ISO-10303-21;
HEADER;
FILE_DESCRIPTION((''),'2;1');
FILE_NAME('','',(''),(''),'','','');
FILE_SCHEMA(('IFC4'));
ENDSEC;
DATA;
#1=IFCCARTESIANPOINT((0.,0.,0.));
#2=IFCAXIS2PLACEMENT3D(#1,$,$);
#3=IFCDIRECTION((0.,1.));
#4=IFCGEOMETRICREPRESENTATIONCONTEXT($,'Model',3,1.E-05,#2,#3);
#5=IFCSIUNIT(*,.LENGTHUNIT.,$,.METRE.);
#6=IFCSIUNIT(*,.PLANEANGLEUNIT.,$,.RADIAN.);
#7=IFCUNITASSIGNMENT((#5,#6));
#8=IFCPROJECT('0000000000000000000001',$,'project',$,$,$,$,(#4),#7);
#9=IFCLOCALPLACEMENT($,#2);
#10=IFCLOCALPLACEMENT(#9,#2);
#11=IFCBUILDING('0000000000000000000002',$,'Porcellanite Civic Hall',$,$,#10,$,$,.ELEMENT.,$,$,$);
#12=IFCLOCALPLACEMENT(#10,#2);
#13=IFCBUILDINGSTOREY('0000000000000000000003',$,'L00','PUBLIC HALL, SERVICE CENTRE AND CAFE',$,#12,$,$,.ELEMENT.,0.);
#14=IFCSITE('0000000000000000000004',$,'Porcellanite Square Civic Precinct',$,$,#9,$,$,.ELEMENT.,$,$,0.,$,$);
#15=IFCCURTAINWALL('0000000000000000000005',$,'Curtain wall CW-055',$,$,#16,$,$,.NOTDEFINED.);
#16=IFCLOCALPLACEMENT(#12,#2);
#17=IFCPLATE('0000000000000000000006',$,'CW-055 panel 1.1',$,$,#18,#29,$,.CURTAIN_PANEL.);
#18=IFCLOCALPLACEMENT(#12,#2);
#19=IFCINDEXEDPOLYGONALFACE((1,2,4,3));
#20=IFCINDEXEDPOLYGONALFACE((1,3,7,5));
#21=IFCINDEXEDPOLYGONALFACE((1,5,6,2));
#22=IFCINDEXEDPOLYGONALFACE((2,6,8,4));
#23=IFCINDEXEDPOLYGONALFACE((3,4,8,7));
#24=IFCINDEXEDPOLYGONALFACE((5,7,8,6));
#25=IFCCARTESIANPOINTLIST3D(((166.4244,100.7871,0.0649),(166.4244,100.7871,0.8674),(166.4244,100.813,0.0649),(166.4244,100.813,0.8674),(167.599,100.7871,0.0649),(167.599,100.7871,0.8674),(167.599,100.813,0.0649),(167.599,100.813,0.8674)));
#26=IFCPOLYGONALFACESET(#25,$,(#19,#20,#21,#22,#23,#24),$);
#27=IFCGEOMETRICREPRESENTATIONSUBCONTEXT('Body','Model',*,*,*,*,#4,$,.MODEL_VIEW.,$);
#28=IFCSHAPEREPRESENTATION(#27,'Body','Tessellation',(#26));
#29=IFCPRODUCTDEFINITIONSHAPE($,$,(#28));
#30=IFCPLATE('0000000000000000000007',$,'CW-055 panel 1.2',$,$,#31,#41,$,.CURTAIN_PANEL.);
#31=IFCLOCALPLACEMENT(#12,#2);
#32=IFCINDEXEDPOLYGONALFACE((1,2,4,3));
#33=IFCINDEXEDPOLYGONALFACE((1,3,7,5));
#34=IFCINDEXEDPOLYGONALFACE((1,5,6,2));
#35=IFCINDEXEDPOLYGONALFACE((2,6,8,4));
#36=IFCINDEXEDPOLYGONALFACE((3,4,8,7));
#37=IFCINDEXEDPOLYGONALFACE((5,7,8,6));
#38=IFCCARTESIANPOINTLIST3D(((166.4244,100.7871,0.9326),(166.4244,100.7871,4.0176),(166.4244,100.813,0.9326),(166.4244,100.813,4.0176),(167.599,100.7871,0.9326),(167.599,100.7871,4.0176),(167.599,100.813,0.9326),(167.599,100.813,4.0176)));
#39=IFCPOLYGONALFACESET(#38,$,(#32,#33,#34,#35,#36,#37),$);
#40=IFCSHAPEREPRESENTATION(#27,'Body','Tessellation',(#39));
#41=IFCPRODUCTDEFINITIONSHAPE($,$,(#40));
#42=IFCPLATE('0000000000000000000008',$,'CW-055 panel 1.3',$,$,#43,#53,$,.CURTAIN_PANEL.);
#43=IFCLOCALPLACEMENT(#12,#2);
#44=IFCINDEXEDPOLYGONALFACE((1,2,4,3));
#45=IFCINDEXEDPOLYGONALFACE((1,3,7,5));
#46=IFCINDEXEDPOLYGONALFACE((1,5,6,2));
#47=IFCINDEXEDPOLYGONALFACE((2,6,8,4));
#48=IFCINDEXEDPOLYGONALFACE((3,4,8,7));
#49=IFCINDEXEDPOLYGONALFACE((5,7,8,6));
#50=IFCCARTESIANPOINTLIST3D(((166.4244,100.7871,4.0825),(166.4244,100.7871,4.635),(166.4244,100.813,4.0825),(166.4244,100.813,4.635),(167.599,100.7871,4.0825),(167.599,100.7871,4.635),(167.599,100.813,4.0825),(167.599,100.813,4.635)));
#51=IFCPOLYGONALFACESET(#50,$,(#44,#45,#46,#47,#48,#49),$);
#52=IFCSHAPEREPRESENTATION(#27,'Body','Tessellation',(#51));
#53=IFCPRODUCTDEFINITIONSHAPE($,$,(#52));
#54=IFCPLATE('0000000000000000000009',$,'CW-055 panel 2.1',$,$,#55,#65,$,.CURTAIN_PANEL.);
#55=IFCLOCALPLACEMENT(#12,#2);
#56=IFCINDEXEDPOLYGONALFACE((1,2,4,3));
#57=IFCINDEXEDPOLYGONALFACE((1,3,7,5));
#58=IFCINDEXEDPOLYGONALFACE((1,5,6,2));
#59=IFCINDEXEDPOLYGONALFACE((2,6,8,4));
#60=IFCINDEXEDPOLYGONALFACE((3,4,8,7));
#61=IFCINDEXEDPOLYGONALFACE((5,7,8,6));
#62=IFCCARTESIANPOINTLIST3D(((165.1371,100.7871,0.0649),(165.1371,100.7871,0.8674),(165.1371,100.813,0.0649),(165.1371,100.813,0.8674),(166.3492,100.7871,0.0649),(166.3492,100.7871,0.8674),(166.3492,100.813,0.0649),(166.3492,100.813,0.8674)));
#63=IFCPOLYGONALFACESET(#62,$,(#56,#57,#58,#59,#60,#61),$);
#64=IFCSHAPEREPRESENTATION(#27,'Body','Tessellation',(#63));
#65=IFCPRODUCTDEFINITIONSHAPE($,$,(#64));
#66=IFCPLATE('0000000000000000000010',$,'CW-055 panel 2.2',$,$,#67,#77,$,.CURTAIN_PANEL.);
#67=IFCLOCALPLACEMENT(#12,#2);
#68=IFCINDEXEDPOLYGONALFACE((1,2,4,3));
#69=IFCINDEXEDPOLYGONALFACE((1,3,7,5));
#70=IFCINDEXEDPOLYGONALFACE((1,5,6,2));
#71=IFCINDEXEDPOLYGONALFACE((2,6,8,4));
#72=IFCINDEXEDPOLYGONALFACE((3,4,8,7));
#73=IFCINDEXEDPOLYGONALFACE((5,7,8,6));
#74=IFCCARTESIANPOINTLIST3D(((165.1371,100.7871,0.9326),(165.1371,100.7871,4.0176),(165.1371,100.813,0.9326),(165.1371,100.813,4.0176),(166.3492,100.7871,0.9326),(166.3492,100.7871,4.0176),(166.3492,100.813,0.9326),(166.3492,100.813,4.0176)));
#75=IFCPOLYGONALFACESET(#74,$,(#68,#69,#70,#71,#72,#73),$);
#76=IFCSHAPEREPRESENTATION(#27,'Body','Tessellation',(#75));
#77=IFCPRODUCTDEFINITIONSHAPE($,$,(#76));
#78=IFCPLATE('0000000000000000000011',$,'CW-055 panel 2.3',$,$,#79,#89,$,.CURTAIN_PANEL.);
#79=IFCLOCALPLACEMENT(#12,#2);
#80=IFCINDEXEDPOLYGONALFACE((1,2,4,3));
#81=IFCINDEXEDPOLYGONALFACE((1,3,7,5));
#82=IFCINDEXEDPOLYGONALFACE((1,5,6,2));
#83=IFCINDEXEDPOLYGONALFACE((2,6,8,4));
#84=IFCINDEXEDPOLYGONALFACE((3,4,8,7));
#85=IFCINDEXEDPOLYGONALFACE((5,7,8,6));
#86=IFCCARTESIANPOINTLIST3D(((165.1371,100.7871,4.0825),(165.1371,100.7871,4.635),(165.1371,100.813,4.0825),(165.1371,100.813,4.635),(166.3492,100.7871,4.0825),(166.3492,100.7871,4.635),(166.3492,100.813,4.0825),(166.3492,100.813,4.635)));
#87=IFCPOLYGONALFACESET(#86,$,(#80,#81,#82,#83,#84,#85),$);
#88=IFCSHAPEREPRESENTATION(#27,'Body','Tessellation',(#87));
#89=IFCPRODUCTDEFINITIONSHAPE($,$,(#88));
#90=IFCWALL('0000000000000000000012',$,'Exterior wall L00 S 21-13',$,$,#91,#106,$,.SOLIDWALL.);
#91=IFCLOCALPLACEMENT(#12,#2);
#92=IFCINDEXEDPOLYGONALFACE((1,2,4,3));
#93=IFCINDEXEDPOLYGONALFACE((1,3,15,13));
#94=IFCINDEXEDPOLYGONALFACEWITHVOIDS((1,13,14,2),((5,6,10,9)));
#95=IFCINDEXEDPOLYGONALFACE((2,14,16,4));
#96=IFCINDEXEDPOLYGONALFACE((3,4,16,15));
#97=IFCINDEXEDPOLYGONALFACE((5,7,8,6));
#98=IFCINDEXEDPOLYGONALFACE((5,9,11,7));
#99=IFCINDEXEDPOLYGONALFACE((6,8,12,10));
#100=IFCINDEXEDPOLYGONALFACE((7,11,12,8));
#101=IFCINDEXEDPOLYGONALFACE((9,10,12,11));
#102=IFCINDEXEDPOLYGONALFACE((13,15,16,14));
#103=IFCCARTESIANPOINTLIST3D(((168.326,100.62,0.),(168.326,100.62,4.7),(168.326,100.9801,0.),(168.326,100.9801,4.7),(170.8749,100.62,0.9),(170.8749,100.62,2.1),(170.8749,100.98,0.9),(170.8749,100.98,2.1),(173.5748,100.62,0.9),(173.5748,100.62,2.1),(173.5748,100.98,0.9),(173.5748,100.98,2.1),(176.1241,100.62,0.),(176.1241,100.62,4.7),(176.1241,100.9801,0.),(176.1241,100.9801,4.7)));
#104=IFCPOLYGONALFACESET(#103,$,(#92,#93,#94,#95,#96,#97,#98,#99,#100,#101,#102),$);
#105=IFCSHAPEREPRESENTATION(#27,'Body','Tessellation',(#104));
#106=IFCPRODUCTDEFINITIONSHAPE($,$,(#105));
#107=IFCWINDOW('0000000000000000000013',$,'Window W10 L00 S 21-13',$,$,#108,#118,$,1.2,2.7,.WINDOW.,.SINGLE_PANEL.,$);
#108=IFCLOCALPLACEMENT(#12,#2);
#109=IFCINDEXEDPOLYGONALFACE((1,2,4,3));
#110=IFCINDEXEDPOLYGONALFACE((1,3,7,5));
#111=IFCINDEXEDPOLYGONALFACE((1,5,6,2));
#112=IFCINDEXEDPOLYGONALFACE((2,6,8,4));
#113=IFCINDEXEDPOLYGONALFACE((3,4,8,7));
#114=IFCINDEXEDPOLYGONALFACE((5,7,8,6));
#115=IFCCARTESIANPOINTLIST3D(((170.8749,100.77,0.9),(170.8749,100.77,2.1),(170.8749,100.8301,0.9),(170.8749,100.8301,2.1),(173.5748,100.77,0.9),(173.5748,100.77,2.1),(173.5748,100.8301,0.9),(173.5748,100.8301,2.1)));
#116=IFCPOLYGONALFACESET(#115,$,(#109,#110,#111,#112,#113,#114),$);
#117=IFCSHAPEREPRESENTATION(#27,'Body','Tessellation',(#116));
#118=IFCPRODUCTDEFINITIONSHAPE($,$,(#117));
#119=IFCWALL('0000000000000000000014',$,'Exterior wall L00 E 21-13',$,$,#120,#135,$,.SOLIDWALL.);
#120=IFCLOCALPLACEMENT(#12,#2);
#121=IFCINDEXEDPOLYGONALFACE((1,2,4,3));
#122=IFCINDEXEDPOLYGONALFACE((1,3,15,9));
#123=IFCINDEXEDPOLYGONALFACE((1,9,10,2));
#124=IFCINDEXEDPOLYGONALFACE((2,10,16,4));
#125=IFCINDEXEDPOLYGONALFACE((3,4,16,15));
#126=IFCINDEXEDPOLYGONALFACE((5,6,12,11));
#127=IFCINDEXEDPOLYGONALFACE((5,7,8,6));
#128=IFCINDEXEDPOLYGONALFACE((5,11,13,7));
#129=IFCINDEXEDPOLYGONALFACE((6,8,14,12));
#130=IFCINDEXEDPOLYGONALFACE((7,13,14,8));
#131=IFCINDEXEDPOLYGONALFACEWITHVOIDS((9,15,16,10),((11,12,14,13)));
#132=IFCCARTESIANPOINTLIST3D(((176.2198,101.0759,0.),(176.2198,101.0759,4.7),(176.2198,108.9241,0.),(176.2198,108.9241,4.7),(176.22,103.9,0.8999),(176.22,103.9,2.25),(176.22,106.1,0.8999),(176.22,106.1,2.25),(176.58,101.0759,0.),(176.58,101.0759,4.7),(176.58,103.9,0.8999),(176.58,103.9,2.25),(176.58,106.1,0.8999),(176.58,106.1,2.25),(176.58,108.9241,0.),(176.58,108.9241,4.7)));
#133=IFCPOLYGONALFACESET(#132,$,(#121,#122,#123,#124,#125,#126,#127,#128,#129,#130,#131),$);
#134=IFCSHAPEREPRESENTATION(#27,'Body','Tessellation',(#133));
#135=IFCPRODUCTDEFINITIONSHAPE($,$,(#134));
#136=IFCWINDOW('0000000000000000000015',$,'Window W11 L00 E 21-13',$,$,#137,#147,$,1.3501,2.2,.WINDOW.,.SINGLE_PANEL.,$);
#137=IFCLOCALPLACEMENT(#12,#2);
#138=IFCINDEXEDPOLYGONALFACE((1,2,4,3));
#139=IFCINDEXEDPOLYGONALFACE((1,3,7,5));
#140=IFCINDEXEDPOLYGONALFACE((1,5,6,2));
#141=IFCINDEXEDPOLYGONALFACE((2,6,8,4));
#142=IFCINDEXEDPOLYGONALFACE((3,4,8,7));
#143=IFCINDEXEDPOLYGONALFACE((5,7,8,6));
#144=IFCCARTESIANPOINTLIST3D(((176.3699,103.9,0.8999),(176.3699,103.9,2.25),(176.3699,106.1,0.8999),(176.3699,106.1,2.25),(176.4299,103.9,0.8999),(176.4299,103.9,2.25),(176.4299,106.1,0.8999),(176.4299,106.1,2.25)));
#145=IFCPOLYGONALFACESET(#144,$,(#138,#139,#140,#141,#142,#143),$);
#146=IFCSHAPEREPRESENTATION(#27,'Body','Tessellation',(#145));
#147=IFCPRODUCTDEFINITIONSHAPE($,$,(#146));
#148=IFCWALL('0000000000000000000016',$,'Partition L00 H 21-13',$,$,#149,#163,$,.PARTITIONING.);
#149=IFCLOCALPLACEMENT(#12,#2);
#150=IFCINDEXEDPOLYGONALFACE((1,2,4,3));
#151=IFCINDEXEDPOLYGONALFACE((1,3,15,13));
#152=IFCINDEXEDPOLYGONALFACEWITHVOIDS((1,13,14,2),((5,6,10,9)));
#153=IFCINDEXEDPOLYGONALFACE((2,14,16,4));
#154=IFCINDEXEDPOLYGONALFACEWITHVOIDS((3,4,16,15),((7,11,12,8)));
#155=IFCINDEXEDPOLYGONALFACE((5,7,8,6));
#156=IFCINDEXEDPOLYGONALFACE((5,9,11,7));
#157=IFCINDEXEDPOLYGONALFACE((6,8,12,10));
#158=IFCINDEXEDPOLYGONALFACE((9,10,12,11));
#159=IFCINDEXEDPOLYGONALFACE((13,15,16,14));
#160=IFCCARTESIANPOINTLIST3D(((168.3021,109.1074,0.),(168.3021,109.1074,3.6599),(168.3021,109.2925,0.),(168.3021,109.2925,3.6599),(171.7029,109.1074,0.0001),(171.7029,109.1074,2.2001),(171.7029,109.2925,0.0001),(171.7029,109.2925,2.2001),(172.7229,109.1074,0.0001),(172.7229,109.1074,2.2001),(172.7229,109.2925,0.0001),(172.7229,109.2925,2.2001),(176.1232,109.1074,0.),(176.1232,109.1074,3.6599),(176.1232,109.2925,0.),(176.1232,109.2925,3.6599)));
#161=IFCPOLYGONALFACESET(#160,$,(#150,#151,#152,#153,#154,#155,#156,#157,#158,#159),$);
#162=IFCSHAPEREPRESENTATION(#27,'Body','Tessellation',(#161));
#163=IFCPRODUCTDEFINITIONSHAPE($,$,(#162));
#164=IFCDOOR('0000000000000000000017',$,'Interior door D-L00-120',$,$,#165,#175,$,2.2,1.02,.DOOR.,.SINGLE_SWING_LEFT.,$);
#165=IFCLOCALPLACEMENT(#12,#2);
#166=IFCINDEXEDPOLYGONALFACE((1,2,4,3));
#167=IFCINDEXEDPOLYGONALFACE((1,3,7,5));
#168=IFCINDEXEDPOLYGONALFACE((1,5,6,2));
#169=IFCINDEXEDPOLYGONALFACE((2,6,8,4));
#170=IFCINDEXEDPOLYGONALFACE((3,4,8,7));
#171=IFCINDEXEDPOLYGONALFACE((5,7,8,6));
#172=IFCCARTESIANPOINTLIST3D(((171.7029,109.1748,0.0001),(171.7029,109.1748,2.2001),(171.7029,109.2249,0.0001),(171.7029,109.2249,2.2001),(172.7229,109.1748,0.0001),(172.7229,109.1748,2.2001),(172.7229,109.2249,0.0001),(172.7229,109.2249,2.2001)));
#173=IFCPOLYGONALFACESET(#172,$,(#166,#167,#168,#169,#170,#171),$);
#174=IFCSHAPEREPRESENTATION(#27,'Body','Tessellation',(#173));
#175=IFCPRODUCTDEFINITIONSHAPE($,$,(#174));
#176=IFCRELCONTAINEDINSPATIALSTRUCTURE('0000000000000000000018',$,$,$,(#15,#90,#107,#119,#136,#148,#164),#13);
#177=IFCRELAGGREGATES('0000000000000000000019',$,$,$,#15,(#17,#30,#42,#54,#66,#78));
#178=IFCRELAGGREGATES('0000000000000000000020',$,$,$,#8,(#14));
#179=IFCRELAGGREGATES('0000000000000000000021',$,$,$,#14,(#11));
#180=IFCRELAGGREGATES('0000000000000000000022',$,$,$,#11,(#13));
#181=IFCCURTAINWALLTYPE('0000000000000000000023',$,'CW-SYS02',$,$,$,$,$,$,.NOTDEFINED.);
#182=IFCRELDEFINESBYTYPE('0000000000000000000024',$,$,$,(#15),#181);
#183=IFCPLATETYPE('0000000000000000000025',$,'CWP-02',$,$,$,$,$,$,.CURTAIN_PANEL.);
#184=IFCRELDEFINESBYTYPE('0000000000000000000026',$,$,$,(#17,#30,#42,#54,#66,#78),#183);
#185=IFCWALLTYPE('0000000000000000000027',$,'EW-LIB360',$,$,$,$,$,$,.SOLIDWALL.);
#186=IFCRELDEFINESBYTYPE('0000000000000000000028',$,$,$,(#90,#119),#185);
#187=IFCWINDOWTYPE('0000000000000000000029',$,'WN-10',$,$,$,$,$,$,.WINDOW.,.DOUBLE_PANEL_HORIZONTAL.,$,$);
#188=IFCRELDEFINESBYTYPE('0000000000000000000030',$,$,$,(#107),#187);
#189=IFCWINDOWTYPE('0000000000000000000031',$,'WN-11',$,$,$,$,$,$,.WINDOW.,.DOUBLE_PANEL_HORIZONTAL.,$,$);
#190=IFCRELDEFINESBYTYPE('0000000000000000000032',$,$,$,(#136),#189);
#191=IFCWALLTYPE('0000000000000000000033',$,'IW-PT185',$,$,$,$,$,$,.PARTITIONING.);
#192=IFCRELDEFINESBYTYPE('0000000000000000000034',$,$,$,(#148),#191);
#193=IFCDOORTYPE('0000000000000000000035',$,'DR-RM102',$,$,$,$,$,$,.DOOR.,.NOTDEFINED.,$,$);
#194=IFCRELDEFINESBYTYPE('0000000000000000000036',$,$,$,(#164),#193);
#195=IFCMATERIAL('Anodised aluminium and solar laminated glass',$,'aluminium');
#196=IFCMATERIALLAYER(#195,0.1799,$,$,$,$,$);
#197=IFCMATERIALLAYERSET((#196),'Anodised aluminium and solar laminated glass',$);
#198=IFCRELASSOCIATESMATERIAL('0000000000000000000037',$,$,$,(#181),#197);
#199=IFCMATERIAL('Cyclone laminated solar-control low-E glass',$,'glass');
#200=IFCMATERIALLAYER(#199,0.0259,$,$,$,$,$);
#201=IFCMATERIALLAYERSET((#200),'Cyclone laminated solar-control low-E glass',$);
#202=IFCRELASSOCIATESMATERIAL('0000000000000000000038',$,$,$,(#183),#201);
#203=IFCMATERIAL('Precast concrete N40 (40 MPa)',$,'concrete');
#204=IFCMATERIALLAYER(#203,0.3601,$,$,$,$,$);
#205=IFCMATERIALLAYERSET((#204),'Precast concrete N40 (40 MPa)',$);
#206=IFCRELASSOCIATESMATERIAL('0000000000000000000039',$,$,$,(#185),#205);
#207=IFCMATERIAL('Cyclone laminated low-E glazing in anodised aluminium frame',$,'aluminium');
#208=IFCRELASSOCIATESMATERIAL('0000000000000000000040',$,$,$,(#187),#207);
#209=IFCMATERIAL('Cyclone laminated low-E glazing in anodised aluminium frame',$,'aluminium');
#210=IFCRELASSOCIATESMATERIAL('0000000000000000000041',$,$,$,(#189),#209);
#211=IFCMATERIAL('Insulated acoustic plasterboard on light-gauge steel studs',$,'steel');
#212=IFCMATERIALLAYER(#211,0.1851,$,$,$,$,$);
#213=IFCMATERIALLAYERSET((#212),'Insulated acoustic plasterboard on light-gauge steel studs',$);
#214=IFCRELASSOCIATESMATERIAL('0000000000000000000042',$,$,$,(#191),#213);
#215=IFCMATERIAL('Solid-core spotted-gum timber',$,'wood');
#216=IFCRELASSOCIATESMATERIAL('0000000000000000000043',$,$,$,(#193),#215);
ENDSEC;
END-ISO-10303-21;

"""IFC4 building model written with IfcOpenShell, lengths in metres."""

from ifc_helpers import new_model, si_unit, direction, frame, frame_2d, origin, origin_2d, place, context, subcontext, project, spatial, rectangle, extrude, material, layer, layer_set, type_object, element, fill, aggregate, save


model = new_model("IFC4")

# Units and contexts
model_context = context("Model", 3, precision=1e-05, world=origin(), true_north=direction((0.0, 1.0)))
body_context = subcontext(model_context, "Body", "Model", "MODEL_VIEW")
ifc_project = project(units=[si_unit("LENGTHUNIT", "METRE"), si_unit("PLANEANGLEUNIT", "RADIAN")], contexts=[model_context])

# Site, building, storey
site_placement = place(None, origin())
site = spatial("IfcSite", under=ifc_project, at=site_placement, Name="Porcellanite Square Civic Precinct", CompositionType="ELEMENT", RefElevation=0.0)
building_placement = place(site_placement, origin())
building = spatial("IfcBuilding", under=site, at=building_placement, Name="Porcellanite Civic Hall", CompositionType="ELEMENT")
storey_placement = place(building_placement, origin())
storey = spatial("IfcBuildingStorey", under=building, at=storey_placement, Name="L00", Description="PUBLIC HALL, SERVICE CENTRE AND CAFE", CompositionType="ELEMENT", Elevation=0.0)

# Curtain wall
ifc_material_1 = material(Name="Anodised aluminium and solar laminated glass", Category="aluminium")
ifc_layer_1 = layer(ifc_material_1, 0.1799)
ifc_layer_set_1 = layer_set([ifc_layer_1], Name="Anodised aluminium and solar laminated glass")
curtain_wall_type = type_object("IfcCurtainWallType", Name="CW-SYS02", PredefinedType="NOTDEFINED", material=ifc_layer_set_1)
curtain_wall_placement = place(storey_placement, origin())
curtain_wall = element("IfcCurtainWall", 1, at=curtain_wall_placement, inside=storey, type_object=curtain_wall_type, Name="Curtain wall CW-055", PredefinedType="NOTDEFINED")

# Plates
ifc_material_2 = material(Name="Cyclone laminated solar-control low-E glass", Category="glass")
ifc_layer_2 = layer(ifc_material_2, 0.0259)
ifc_layer_set_2 = layer_set([ifc_layer_2], Name="Cyclone laminated solar-control low-E glass")
plate_type = type_object("IfcPlateType", Name="CWP-02", PredefinedType="CURTAIN_PANEL", material=ifc_layer_set_2)
plate_1_placement = place(storey_placement, frame((167.0117, 100.8, 0.0649), z_axis=(0.0, 0.0, 1.0), x_axis=(-1.0, 0.0, 0.0)))
plate_1 = element("IfcPlate", 2, at=plate_1_placement, type_object=plate_type, Name="CW-055 panel 1.1", PredefinedType="CURTAIN_PANEL", context=body_context, shape_type="SweptSolid", body=[
    extrude(rectangle(XDim=1.1746, YDim=0.0259, at=origin_2d()), origin(), (0.0, 0.0, 1.0), 0.8025),
])
plate_2_placement = place(storey_placement, frame((167.0117, 100.8, 0.9326), z_axis=(0.0, 0.0, 1.0), x_axis=(-1.0, 0.0, 0.0)))
plate_2 = element("IfcPlate", 3, at=plate_2_placement, type_object=plate_type, Name="CW-055 panel 1.2", PredefinedType="CURTAIN_PANEL", context=body_context, shape_type="SweptSolid", body=[
    extrude(rectangle(XDim=1.1746, YDim=0.0259, at=origin_2d()), origin(), (0.0, 0.0, 1.0), 3.085),
])
plate_3_placement = place(storey_placement, frame((167.0117, 100.8, 4.0825), z_axis=(0.0, 0.0, 1.0), x_axis=(-1.0, 0.0, 0.0)))
plate_3 = element("IfcPlate", 4, at=plate_3_placement, type_object=plate_type, Name="CW-055 panel 1.3", PredefinedType="CURTAIN_PANEL", context=body_context, shape_type="SweptSolid", body=[
    extrude(rectangle(XDim=1.1746, YDim=0.0259, at=origin_2d()), origin(), (0.0, 0.0, 1.0), 0.5525),
])
plate_4_placement = place(storey_placement, frame((165.7432, 100.8, 0.0649), z_axis=(0.0, 0.0, 1.0), x_axis=(-1.0, 0.0, 0.0)))
plate_4 = element("IfcPlate", 5, at=plate_4_placement, type_object=plate_type, Name="CW-055 panel 2.1", PredefinedType="CURTAIN_PANEL", context=body_context, shape_type="SweptSolid", body=[
    extrude(rectangle(XDim=1.2122, YDim=0.0259, at=origin_2d()), origin(), (0.0, 0.0, 1.0), 0.8025),
])
plate_5_placement = place(storey_placement, frame((165.7432, 100.8, 0.9326), z_axis=(0.0, 0.0, 1.0), x_axis=(-1.0, 0.0, 0.0)))
plate_5 = element("IfcPlate", 6, at=plate_5_placement, type_object=plate_type, Name="CW-055 panel 2.2", PredefinedType="CURTAIN_PANEL", context=body_context, shape_type="SweptSolid", body=[
    extrude(rectangle(XDim=1.2122, YDim=0.0259, at=origin_2d()), origin(), (0.0, 0.0, 1.0), 3.085),
])
plate_6_placement = place(storey_placement, frame((165.7432, 100.8, 4.0825), z_axis=(0.0, 0.0, 1.0), x_axis=(-1.0, 0.0, 0.0)))
plate_6 = element("IfcPlate", 7, at=plate_6_placement, type_object=plate_type, Name="CW-055 panel 2.3", PredefinedType="CURTAIN_PANEL", context=body_context, shape_type="SweptSolid", body=[
    extrude(rectangle(XDim=1.2122, YDim=0.0259, at=origin_2d()), origin(), (0.0, 0.0, 1.0), 0.5525),
])
aggregate(curtain_wall, [plate_1, plate_2, plate_3, plate_4, plate_5, plate_6])

# Walls, openings, windows
ifc_material_3 = material(Name="Precast concrete N40 (40 MPa)", Category="concrete")
ifc_layer_3 = layer(ifc_material_3, 0.3601)
ifc_layer_set_3 = layer_set([ifc_layer_3], Name="Precast concrete N40 (40 MPa)")
wall_type_1 = type_object("IfcWallType", Name="EW-LIB360", PredefinedType="SOLIDWALL", material=ifc_layer_set_3)
wall_1_placement = place(storey_placement, frame((176.124, 100.8, 0.0), z_axis=(0.0, 0.0, 1.0), x_axis=(-1.0, 0.0, 0.0)))
wall_1 = element("IfcWall", 8, at=wall_1_placement, inside=storey, type_object=wall_type_1, Name="Exterior wall L00 S 21-13", PredefinedType="SOLIDWALL", context=body_context, shape_type="SweptSolid", body=[
    extrude(rectangle(XDim=7.7981, YDim=0.3601, at=frame_2d((3.8989, 0.0))), origin(), (0.0, 0.0, 1.0), 4.7),
])
opening_1_placement = place(wall_1_placement, frame((2.5491, 0.0, 0.8999)))
opening_1 = element("IfcOpeningElement", 9, at=opening_1_placement, cuts=wall_1, PredefinedType="OPENING", context=body_context, shape_type="SweptSolid", body=[
    extrude(rectangle(XDim=2.7, YDim=1.2, at=frame_2d((1.3501, 0.6001))), frame((0.0, 0.1802, 0.0), z_axis=(0.0, -1.0, 0.0), x_axis=(1.0, 0.0, 0.0)), (0.0, 0.0, 1.0), 0.3601),
])
ifc_material_4 = material(Name="Cyclone laminated low-E glazing in anodised aluminium frame", Category="aluminium")
window_type_1 = type_object("IfcWindowType", Name="WN-10", PartitioningType="DOUBLE_PANEL_HORIZONTAL", PredefinedType="WINDOW", material=ifc_material_4)
window_1_placement = place(opening_1_placement, origin())
window_1 = element("IfcWindow", 10, at=window_1_placement, inside=storey, type_object=window_type_1, Name="Window W10 L00 S 21-13", OverallHeight=1.2, OverallWidth=2.7, PartitioningType="SINGLE_PANEL", PredefinedType="WINDOW", context=body_context, shape_type="SweptSolid", body=[
    extrude(rectangle(XDim=2.7, YDim=1.2, at=frame_2d((1.3501, 0.6001))), frame((0.0, 0.03, 0.0), z_axis=(0.0, -1.0, 0.0), x_axis=(1.0, 0.0, 0.0)), (0.0, 0.0, 1.0), 0.0601),
])
fill(opening_1, window_1)
wall_2_placement = place(storey_placement, frame((176.3999, 108.9241, 0.0), z_axis=(0.0, 0.0, 1.0), x_axis=(0.0, -1.0, 0.0)))
wall_2 = element("IfcWall", 11, at=wall_2_placement, inside=storey, type_object=wall_type_1, Name="Exterior wall L00 E 21-13", PredefinedType="SOLIDWALL", context=body_context, shape_type="SweptSolid", body=[
    extrude(rectangle(XDim=7.8481, YDim=0.3601, at=frame_2d((3.9241, 0.0))), origin(), (0.0, 0.0, 1.0), 4.7),
])
opening_2_placement = place(wall_2_placement, frame((2.824, 0.0, 0.8999)))
opening_2 = element("IfcOpeningElement", 12, at=opening_2_placement, cuts=wall_2, PredefinedType="OPENING", context=body_context, shape_type="SweptSolid", body=[
    extrude(rectangle(XDim=2.2, YDim=1.3501, at=frame_2d((1.1001, 0.675))), frame((0.0, 0.1802, 0.0), z_axis=(0.0, -1.0, 0.0), x_axis=(1.0, 0.0, 0.0)), (0.0, 0.0, 1.0), 0.3601),
])
ifc_material_5 = material(Name="Cyclone laminated low-E glazing in anodised aluminium frame", Category="aluminium")
window_type_2 = type_object("IfcWindowType", Name="WN-11", PartitioningType="DOUBLE_PANEL_HORIZONTAL", PredefinedType="WINDOW", material=ifc_material_5)
window_2_placement = place(opening_2_placement, origin())
window_2 = element("IfcWindow", 13, at=window_2_placement, inside=storey, type_object=window_type_2, Name="Window W11 L00 E 21-13", OverallHeight=1.3501, OverallWidth=2.2, PartitioningType="SINGLE_PANEL", PredefinedType="WINDOW", context=body_context, shape_type="SweptSolid", body=[
    extrude(rectangle(XDim=2.2, YDim=1.3501, at=frame_2d((1.1001, 0.675))), frame((0.0, 0.03, 0.0), z_axis=(0.0, -1.0, 0.0), x_axis=(1.0, 0.0, 0.0)), (0.0, 0.0, 1.0), 0.0601),
])
fill(opening_2, window_2)

# Wall, opening, door
ifc_material_6 = material(Name="Insulated acoustic plasterboard on light-gauge steel studs", Category="steel")
ifc_layer_4 = layer(ifc_material_6, 0.1851)
ifc_layer_set_4 = layer_set([ifc_layer_4], Name="Insulated acoustic plasterboard on light-gauge steel studs")
wall_type_2 = type_object("IfcWallType", Name="IW-PT185", PredefinedType="PARTITIONING", material=ifc_layer_set_4)
wall_3_placement = place(storey_placement, frame((168.302, 109.2, 0.0), z_axis=(0.0, 0.0, 1.0), x_axis=(1.0, 0.0, 0.0)))
wall_3 = element("IfcWall", 14, at=wall_3_placement, inside=storey, type_object=wall_type_2, Name="Partition L00 H 21-13", PredefinedType="PARTITIONING", context=body_context, shape_type="SweptSolid", body=[
    extrude(rectangle(XDim=7.821, YDim=0.1851, at=frame_2d((3.9106, 0.0))), origin(), (0.0, 0.0, 1.0), 3.6599),
])
opening_3_placement = place(wall_3_placement, frame((3.4009, 0.0, 0.0)))
opening_3 = element("IfcOpeningElement", 15, at=opening_3_placement, cuts=wall_3, PredefinedType="OPENING", context=body_context, shape_type="SweptSolid", body=[
    extrude(rectangle(XDim=1.02, YDim=2.2, at=frame_2d((0.51, 1.1001))), frame((0.0, 0.0925, 0.0), z_axis=(0.0, -1.0, 0.0), x_axis=(1.0, 0.0, 0.0)), (0.0, 0.0, 1.0), 0.1851),
])
ifc_material_7 = material(Name="Solid-core spotted-gum timber", Category="wood")
door_type_1 = type_object("IfcDoorType", Name="DR-RM102", OperationType="NOTDEFINED", PredefinedType="DOOR", material=ifc_material_7)
door_1_placement = place(opening_3_placement, origin())
door_1 = element("IfcDoor", 16, at=door_1_placement, inside=storey, type_object=door_type_1, Name="Interior door D-L00-120", OperationType="SINGLE_SWING_LEFT", OverallHeight=2.2, OverallWidth=1.02, PredefinedType="DOOR", context=body_context, shape_type="SweptSolid", body=[
    extrude(rectangle(XDim=1.02, YDim=2.2, at=frame_2d((0.51, 1.1001))), frame((0.0, 0.0249, 0.0), z_axis=(0.0, -1.0, 0.0), x_axis=(1.0, 0.0, 0.0)), (0.0, 0.0, 1.0), 0.05),
])
fill(opening_3, door_1)

save(model, "model.ifc")
